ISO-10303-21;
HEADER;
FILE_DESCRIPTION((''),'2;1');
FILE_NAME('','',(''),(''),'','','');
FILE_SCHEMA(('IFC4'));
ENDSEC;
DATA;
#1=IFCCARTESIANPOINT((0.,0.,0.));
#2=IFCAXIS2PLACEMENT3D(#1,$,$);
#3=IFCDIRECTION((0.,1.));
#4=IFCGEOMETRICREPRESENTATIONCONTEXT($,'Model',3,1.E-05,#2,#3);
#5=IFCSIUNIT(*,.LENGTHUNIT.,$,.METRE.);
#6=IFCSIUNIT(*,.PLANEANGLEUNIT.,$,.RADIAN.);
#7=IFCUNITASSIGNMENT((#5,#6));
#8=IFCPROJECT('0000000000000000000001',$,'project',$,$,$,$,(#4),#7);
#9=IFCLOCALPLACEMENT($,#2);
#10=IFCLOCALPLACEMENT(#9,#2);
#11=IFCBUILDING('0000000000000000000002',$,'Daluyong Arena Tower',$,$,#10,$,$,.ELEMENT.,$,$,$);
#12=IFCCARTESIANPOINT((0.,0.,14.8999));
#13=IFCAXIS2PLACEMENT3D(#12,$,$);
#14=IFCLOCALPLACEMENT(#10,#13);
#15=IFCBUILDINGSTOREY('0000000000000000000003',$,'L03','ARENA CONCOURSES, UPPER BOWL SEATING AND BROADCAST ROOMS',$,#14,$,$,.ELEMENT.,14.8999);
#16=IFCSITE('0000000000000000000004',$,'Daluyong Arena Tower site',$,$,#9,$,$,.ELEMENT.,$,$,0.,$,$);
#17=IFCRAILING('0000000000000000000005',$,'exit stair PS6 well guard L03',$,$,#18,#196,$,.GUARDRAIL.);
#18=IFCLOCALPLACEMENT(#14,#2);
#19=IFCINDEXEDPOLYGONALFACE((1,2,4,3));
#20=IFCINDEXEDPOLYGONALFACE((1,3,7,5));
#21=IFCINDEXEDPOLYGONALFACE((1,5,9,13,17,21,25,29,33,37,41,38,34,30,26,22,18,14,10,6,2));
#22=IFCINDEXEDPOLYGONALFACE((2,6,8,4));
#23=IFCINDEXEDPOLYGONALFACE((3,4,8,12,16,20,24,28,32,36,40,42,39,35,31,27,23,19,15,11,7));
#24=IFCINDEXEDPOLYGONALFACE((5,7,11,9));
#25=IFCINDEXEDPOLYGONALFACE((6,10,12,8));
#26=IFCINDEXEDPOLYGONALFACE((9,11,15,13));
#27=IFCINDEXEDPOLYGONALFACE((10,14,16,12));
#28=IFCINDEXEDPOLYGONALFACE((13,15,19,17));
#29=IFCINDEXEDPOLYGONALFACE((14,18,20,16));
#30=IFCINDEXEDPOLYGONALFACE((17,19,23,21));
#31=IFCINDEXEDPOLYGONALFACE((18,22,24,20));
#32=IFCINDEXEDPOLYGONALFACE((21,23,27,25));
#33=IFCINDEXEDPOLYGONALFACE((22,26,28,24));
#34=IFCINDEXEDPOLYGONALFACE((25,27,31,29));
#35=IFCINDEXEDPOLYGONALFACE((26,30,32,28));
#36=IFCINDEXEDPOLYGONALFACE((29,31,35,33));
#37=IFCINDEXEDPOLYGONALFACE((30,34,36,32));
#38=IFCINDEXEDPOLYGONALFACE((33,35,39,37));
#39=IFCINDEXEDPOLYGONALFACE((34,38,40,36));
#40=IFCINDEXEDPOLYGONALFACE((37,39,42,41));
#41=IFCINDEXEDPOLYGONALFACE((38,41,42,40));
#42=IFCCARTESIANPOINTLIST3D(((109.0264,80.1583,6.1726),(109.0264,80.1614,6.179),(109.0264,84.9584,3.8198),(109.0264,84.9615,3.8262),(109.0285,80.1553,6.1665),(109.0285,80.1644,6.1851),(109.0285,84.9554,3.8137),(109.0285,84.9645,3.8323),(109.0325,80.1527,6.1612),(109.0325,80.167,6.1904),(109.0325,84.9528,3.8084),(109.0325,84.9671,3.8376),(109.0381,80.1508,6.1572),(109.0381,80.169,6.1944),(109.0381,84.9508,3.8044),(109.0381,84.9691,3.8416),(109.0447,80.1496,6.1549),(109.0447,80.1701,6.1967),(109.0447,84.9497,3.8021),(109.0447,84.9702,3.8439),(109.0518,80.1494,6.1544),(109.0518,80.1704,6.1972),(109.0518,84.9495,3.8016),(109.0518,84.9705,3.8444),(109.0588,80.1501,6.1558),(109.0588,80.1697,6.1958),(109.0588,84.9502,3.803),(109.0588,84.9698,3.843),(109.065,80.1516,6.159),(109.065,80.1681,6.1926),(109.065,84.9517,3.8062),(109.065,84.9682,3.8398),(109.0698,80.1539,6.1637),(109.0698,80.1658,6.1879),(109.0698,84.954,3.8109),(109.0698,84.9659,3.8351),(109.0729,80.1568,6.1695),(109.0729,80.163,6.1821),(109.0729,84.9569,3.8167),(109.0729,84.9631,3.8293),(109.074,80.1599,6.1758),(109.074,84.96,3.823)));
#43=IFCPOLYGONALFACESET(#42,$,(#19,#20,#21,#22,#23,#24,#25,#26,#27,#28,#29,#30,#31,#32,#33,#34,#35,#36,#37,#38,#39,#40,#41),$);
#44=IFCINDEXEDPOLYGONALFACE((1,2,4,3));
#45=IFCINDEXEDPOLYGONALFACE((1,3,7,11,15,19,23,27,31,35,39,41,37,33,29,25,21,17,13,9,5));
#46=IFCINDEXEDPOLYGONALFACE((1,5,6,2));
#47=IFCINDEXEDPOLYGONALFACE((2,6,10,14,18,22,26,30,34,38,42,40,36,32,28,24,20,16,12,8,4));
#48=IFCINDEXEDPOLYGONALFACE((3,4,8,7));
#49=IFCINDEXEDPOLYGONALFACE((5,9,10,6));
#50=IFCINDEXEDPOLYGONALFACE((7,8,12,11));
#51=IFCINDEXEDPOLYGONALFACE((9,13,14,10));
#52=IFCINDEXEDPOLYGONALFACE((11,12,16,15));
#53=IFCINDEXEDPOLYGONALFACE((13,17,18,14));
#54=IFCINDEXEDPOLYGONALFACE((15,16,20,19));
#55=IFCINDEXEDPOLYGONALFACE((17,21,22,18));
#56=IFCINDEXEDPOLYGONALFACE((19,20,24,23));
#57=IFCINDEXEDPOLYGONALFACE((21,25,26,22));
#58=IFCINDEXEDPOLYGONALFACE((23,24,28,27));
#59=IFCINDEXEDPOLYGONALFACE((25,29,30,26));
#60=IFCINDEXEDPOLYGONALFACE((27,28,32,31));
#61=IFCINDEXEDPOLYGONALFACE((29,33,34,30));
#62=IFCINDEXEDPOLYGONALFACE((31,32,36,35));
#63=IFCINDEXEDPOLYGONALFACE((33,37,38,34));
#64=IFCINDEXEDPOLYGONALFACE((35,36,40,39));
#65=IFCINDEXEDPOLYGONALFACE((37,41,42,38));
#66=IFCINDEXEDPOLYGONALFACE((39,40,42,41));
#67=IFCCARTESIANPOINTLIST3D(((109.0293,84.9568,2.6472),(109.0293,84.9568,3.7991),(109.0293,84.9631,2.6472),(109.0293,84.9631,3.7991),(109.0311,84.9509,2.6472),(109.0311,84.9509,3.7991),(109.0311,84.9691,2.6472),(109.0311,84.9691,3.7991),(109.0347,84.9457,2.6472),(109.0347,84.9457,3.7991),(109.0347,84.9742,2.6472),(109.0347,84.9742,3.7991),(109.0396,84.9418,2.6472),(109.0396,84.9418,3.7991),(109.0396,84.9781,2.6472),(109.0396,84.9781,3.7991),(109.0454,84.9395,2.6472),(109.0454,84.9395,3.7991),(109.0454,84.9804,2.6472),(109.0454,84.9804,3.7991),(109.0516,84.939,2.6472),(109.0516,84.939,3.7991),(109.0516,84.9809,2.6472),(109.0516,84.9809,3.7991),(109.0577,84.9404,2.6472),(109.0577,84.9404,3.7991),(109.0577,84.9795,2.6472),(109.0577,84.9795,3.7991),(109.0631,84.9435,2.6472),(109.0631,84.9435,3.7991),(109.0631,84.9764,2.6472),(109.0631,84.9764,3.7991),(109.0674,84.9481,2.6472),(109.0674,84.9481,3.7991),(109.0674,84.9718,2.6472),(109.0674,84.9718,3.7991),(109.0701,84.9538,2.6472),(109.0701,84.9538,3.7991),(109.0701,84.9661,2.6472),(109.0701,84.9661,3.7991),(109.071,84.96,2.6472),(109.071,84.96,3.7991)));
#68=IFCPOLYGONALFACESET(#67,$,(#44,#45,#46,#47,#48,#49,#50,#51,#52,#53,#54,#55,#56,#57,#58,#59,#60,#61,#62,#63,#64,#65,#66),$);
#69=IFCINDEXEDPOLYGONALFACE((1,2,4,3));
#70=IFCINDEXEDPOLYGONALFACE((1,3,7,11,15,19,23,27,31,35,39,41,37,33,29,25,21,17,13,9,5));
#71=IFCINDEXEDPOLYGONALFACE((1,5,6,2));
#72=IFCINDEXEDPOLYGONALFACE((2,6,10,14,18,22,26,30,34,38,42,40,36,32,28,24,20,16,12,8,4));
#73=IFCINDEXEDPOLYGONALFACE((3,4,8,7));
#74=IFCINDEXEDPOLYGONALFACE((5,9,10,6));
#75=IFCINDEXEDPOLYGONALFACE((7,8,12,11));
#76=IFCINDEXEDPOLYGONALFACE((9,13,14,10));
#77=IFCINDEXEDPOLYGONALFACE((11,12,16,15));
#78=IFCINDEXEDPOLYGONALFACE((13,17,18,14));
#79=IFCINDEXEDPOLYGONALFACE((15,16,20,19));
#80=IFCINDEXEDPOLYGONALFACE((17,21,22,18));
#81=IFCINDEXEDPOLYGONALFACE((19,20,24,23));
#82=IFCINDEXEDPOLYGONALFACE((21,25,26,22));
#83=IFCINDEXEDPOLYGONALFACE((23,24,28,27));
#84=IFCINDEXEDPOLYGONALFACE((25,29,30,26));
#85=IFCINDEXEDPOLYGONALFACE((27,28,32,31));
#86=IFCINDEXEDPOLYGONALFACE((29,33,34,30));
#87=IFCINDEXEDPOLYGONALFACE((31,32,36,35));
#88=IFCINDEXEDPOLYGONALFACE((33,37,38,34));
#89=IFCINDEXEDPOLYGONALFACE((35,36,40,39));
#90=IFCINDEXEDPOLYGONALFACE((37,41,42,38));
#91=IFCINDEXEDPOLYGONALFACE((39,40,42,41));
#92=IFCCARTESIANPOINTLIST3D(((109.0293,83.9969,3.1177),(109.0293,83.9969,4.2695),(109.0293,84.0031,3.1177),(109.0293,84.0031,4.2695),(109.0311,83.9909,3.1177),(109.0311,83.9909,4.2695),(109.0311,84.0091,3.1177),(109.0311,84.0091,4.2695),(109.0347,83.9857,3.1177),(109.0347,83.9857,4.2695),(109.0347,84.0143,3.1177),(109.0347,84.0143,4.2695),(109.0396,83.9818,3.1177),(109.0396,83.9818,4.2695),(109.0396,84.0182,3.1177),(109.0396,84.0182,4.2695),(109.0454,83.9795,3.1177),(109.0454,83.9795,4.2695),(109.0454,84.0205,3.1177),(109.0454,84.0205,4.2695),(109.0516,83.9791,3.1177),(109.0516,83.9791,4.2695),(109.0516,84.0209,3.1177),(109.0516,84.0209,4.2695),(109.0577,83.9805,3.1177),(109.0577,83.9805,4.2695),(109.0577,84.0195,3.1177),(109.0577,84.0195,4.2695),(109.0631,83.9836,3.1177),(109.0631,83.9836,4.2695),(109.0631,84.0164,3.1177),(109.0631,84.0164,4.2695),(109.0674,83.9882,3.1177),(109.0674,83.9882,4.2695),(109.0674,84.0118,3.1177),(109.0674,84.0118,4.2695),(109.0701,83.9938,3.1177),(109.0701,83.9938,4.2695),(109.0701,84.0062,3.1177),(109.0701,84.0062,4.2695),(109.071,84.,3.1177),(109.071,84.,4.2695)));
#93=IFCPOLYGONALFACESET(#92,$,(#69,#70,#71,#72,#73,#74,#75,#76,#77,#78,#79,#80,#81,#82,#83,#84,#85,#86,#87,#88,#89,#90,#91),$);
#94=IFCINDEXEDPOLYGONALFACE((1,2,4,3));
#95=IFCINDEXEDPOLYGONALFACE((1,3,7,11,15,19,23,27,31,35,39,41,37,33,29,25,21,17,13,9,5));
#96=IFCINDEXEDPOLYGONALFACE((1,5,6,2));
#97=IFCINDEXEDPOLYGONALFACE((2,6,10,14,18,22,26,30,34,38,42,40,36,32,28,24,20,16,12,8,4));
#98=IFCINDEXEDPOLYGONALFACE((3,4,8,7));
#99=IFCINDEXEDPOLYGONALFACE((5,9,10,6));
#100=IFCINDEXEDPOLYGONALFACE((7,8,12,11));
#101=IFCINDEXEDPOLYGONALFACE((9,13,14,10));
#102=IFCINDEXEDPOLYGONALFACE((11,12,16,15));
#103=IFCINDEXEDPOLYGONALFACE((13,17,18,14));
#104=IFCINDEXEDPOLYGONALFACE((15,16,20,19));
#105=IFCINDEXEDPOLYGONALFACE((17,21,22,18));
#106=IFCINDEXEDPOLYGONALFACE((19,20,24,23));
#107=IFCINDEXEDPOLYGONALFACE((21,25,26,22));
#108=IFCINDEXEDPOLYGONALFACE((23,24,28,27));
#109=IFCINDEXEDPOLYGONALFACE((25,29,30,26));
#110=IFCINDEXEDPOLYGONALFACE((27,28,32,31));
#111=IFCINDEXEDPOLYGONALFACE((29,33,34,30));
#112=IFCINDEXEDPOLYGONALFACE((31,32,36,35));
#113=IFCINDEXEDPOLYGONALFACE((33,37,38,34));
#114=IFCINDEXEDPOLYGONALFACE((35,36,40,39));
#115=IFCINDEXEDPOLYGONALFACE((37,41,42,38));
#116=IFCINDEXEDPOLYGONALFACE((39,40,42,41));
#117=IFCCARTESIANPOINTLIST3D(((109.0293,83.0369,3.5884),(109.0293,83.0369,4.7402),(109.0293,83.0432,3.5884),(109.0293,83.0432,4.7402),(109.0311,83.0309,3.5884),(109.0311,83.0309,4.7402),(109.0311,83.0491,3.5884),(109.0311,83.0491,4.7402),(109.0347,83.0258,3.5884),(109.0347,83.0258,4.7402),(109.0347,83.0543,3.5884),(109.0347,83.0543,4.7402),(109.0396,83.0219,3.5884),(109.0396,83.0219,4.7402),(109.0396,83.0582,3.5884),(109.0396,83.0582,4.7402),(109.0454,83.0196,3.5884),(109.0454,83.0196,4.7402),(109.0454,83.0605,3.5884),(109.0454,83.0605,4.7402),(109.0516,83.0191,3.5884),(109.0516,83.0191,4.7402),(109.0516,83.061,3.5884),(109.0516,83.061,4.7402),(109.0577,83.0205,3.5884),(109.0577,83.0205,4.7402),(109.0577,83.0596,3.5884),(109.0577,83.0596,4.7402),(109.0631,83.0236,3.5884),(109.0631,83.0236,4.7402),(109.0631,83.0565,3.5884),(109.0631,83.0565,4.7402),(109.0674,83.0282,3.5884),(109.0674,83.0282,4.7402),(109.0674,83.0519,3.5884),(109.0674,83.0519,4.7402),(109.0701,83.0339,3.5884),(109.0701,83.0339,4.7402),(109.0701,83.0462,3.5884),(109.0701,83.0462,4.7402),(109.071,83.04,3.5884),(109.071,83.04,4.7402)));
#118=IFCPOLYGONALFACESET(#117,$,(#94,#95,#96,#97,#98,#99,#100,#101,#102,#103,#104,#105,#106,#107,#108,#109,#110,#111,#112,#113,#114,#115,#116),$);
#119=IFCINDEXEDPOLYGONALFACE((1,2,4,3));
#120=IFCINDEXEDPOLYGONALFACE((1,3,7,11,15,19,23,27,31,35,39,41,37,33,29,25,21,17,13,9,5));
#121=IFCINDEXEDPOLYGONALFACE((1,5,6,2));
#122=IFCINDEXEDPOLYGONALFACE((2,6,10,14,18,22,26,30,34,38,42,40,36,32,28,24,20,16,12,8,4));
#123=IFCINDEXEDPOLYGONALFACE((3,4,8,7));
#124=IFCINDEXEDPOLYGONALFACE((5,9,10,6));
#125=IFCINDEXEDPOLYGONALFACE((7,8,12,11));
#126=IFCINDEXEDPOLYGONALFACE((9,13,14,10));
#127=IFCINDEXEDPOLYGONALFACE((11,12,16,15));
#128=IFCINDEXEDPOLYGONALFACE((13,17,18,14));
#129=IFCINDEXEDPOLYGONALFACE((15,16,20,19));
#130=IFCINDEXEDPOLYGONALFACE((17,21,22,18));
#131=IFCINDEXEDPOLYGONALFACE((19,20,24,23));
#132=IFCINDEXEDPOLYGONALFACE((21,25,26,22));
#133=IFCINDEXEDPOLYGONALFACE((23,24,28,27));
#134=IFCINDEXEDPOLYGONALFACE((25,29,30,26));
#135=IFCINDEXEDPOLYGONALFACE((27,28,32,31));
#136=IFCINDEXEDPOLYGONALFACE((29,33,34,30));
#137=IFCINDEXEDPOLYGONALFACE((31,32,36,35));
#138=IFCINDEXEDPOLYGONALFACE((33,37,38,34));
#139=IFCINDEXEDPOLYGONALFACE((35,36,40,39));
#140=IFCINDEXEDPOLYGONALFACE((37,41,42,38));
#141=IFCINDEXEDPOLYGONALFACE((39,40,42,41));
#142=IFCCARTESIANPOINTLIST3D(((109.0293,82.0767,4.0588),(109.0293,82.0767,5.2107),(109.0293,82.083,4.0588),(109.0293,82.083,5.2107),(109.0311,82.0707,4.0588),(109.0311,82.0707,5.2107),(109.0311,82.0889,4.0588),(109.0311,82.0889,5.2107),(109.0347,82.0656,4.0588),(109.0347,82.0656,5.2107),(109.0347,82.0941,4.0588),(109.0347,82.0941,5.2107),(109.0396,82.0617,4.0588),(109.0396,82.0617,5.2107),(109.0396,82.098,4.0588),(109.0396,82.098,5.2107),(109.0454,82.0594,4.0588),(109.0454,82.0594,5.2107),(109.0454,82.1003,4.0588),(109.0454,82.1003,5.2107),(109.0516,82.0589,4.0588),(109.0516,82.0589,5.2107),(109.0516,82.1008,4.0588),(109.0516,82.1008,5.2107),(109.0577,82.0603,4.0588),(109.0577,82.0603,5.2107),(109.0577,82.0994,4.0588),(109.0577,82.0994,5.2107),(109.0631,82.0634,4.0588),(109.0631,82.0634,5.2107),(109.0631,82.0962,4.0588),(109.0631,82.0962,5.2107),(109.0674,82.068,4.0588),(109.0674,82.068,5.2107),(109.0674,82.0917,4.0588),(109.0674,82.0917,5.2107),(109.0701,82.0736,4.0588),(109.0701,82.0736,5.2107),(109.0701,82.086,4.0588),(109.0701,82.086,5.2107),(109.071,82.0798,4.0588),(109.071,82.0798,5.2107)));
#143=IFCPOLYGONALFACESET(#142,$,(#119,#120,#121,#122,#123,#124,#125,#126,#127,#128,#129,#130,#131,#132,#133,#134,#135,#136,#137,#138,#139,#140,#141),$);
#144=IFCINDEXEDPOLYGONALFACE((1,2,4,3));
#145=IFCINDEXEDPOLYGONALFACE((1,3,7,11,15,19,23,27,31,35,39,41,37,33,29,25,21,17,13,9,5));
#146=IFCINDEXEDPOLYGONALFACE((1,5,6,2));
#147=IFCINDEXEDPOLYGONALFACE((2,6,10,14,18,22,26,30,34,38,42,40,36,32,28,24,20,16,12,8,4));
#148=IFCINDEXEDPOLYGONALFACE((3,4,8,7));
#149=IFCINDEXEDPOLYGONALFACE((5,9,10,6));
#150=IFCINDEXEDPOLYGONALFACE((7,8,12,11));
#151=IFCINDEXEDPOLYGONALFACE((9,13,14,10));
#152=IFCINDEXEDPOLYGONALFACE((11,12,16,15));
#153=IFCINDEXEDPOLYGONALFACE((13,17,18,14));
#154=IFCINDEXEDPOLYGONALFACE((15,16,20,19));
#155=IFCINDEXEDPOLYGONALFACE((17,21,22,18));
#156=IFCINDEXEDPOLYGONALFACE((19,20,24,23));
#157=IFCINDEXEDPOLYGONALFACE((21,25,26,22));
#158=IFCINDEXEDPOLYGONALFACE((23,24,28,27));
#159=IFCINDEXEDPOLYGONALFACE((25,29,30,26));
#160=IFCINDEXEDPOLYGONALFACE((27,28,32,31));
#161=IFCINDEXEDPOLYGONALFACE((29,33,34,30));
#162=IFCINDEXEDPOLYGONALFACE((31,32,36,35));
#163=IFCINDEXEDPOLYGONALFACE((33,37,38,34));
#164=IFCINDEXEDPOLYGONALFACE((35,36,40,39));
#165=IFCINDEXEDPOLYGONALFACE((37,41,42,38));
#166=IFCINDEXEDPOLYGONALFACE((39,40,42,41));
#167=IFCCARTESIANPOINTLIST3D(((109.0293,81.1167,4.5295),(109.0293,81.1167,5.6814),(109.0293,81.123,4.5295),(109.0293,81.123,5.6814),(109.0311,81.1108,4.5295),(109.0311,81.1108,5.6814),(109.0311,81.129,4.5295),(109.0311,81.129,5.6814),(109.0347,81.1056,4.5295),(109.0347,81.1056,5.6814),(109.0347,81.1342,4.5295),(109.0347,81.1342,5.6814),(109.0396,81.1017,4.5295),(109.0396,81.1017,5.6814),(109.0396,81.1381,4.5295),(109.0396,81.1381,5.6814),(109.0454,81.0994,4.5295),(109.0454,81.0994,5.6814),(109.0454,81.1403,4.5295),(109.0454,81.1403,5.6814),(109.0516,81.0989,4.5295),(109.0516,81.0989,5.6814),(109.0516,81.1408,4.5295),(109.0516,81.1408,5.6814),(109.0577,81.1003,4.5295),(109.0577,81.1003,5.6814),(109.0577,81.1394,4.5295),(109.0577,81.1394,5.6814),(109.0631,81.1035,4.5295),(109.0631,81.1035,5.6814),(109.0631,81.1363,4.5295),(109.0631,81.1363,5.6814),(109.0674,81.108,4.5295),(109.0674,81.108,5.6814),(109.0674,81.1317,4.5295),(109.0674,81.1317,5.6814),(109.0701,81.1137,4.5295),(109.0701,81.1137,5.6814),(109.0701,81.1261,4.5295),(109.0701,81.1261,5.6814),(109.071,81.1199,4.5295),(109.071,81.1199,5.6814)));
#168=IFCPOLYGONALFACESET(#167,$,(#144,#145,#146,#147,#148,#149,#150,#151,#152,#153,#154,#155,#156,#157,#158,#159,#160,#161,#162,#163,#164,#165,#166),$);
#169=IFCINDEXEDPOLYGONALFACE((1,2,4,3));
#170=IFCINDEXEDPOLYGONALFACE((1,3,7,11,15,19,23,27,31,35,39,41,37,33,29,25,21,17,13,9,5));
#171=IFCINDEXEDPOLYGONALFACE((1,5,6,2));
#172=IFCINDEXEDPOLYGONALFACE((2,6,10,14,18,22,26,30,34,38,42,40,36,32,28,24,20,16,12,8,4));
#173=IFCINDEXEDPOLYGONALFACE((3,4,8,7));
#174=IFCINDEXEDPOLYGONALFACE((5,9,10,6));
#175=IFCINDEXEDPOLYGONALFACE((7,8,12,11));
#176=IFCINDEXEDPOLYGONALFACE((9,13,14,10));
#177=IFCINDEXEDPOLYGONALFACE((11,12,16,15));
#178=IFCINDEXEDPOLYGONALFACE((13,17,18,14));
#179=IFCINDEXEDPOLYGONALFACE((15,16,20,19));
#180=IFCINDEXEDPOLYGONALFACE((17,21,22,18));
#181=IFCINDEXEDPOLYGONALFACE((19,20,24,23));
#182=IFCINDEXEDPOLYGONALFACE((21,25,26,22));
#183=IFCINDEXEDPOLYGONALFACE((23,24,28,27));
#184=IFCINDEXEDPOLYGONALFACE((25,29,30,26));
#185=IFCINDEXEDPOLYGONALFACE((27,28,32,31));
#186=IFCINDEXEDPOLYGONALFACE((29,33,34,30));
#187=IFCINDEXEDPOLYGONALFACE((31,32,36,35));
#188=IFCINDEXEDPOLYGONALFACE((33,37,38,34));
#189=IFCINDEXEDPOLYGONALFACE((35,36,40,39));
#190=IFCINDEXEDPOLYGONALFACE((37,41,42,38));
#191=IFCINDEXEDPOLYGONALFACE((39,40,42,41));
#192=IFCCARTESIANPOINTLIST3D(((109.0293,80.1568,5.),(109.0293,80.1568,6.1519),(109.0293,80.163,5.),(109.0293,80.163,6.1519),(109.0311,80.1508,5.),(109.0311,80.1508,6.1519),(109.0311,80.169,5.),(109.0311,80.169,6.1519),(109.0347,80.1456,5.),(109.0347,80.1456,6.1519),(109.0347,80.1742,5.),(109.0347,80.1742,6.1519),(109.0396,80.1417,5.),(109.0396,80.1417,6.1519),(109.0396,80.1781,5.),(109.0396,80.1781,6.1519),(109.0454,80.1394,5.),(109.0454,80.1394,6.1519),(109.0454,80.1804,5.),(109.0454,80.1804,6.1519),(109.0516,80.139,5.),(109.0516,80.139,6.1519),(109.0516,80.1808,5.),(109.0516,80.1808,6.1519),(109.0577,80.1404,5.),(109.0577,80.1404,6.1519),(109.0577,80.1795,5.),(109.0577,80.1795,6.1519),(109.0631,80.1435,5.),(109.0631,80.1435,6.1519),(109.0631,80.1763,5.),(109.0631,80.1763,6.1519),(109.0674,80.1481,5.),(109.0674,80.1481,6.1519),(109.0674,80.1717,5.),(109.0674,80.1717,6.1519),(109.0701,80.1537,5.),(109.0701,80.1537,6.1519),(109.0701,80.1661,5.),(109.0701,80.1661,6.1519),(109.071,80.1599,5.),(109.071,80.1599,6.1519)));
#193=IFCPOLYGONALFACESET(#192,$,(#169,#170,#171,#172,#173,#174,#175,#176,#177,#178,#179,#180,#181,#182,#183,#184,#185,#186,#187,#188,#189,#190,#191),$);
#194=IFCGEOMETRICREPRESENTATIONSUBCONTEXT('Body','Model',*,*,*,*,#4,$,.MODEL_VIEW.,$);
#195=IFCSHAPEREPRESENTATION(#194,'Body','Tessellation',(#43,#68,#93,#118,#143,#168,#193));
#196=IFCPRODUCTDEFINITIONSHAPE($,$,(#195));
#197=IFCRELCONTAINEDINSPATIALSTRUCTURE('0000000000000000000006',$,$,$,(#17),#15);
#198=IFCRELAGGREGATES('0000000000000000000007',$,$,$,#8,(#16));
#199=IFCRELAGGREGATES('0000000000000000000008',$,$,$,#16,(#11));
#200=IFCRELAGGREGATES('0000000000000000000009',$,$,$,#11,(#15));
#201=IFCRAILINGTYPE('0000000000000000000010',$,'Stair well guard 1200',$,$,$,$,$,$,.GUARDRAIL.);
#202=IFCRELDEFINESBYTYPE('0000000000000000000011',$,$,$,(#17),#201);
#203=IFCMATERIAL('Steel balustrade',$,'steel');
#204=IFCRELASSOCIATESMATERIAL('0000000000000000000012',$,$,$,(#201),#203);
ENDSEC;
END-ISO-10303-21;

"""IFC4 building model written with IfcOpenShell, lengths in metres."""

from ifc_helpers import new_model, si_unit, direction, frame, origin, origin_2d, place, context, subcontext, project, spatial, circle, extrude, material, type_object, element, save


model = new_model("IFC4")

# Units and contexts
model_context = context("Model", 3, precision=1e-05, world=origin(), true_north=direction((0.0, 1.0)))
body_context = subcontext(model_context, "Body", "Model", "MODEL_VIEW")
ifc_project = project(units=[si_unit("LENGTHUNIT", "METRE"), si_unit("PLANEANGLEUNIT", "RADIAN")], contexts=[model_context])

# Site, building, storey
site_placement = place(None, origin())
site = spatial("IfcSite", under=ifc_project, at=site_placement, Name="Daluyong Arena Tower site", CompositionType="ELEMENT", RefElevation=0.0)
building_placement = place(site_placement, origin())
building = spatial("IfcBuilding", under=site, at=building_placement, Name="Daluyong Arena Tower", CompositionType="ELEMENT")
storey_placement = place(building_placement, frame((0.0, 0.0, 14.8999)))
storey = spatial("IfcBuildingStorey", under=building, at=storey_placement, Name="L03", Description="ARENA CONCOURSES, UPPER BOWL SEATING AND BROADCAST ROOMS", CompositionType="ELEMENT", Elevation=14.8999)

# Railing
ifc_material_1 = material(Name="Steel balustrade", Category="steel")
railing_type_1 = type_object("IfcRailingType", Name="Stair well guard 1200", PredefinedType="GUARDRAIL", material=ifc_material_1)
railing_1_placement = place(storey_placement, frame((109.05, 84.96, 2.6472)))
element("IfcRailing", 1, at=railing_1_placement, inside=storey, type_object=railing_type_1, Name="exit stair PS6 well guard L03", PredefinedType="GUARDRAIL", context=body_context, shape_type="SweptSolid", body=[
    extrude(circle(Radius=0.0239, at=origin_2d()), frame((0.0, 0.0, 1.1758), z_axis=(0.0, -0.897934, 0.44013), x_axis=(1.0, 0.0, 0.0)), (0.0, 0.0, 1.0), 5.3457),
    extrude(circle(Radius=0.021, at=origin_2d()), origin(), (0.0, 0.0, 1.0), 1.1519),
    extrude(circle(Radius=0.021, at=origin_2d()), frame((0.0, -0.96, 0.4705)), (0.0, 0.0, 1.0), 1.1519),
    extrude(circle(Radius=0.021, at=origin_2d()), frame((0.0, -1.9199, 0.9412)), (0.0, 0.0, 1.0), 1.1519),
    extrude(circle(Radius=0.021, at=origin_2d()), frame((0.0, -2.8801, 1.4116)), (0.0, 0.0, 1.0), 1.1519),
    extrude(circle(Radius=0.021, at=origin_2d()), frame((0.0, -3.8401, 1.8823)), (0.0, 0.0, 1.0), 1.1519),
    extrude(circle(Radius=0.021, at=origin_2d()), frame((0.0, -4.8, 2.3528)), (0.0, 0.0, 1.0), 1.1519),
])

save(model, "model.ifc")
